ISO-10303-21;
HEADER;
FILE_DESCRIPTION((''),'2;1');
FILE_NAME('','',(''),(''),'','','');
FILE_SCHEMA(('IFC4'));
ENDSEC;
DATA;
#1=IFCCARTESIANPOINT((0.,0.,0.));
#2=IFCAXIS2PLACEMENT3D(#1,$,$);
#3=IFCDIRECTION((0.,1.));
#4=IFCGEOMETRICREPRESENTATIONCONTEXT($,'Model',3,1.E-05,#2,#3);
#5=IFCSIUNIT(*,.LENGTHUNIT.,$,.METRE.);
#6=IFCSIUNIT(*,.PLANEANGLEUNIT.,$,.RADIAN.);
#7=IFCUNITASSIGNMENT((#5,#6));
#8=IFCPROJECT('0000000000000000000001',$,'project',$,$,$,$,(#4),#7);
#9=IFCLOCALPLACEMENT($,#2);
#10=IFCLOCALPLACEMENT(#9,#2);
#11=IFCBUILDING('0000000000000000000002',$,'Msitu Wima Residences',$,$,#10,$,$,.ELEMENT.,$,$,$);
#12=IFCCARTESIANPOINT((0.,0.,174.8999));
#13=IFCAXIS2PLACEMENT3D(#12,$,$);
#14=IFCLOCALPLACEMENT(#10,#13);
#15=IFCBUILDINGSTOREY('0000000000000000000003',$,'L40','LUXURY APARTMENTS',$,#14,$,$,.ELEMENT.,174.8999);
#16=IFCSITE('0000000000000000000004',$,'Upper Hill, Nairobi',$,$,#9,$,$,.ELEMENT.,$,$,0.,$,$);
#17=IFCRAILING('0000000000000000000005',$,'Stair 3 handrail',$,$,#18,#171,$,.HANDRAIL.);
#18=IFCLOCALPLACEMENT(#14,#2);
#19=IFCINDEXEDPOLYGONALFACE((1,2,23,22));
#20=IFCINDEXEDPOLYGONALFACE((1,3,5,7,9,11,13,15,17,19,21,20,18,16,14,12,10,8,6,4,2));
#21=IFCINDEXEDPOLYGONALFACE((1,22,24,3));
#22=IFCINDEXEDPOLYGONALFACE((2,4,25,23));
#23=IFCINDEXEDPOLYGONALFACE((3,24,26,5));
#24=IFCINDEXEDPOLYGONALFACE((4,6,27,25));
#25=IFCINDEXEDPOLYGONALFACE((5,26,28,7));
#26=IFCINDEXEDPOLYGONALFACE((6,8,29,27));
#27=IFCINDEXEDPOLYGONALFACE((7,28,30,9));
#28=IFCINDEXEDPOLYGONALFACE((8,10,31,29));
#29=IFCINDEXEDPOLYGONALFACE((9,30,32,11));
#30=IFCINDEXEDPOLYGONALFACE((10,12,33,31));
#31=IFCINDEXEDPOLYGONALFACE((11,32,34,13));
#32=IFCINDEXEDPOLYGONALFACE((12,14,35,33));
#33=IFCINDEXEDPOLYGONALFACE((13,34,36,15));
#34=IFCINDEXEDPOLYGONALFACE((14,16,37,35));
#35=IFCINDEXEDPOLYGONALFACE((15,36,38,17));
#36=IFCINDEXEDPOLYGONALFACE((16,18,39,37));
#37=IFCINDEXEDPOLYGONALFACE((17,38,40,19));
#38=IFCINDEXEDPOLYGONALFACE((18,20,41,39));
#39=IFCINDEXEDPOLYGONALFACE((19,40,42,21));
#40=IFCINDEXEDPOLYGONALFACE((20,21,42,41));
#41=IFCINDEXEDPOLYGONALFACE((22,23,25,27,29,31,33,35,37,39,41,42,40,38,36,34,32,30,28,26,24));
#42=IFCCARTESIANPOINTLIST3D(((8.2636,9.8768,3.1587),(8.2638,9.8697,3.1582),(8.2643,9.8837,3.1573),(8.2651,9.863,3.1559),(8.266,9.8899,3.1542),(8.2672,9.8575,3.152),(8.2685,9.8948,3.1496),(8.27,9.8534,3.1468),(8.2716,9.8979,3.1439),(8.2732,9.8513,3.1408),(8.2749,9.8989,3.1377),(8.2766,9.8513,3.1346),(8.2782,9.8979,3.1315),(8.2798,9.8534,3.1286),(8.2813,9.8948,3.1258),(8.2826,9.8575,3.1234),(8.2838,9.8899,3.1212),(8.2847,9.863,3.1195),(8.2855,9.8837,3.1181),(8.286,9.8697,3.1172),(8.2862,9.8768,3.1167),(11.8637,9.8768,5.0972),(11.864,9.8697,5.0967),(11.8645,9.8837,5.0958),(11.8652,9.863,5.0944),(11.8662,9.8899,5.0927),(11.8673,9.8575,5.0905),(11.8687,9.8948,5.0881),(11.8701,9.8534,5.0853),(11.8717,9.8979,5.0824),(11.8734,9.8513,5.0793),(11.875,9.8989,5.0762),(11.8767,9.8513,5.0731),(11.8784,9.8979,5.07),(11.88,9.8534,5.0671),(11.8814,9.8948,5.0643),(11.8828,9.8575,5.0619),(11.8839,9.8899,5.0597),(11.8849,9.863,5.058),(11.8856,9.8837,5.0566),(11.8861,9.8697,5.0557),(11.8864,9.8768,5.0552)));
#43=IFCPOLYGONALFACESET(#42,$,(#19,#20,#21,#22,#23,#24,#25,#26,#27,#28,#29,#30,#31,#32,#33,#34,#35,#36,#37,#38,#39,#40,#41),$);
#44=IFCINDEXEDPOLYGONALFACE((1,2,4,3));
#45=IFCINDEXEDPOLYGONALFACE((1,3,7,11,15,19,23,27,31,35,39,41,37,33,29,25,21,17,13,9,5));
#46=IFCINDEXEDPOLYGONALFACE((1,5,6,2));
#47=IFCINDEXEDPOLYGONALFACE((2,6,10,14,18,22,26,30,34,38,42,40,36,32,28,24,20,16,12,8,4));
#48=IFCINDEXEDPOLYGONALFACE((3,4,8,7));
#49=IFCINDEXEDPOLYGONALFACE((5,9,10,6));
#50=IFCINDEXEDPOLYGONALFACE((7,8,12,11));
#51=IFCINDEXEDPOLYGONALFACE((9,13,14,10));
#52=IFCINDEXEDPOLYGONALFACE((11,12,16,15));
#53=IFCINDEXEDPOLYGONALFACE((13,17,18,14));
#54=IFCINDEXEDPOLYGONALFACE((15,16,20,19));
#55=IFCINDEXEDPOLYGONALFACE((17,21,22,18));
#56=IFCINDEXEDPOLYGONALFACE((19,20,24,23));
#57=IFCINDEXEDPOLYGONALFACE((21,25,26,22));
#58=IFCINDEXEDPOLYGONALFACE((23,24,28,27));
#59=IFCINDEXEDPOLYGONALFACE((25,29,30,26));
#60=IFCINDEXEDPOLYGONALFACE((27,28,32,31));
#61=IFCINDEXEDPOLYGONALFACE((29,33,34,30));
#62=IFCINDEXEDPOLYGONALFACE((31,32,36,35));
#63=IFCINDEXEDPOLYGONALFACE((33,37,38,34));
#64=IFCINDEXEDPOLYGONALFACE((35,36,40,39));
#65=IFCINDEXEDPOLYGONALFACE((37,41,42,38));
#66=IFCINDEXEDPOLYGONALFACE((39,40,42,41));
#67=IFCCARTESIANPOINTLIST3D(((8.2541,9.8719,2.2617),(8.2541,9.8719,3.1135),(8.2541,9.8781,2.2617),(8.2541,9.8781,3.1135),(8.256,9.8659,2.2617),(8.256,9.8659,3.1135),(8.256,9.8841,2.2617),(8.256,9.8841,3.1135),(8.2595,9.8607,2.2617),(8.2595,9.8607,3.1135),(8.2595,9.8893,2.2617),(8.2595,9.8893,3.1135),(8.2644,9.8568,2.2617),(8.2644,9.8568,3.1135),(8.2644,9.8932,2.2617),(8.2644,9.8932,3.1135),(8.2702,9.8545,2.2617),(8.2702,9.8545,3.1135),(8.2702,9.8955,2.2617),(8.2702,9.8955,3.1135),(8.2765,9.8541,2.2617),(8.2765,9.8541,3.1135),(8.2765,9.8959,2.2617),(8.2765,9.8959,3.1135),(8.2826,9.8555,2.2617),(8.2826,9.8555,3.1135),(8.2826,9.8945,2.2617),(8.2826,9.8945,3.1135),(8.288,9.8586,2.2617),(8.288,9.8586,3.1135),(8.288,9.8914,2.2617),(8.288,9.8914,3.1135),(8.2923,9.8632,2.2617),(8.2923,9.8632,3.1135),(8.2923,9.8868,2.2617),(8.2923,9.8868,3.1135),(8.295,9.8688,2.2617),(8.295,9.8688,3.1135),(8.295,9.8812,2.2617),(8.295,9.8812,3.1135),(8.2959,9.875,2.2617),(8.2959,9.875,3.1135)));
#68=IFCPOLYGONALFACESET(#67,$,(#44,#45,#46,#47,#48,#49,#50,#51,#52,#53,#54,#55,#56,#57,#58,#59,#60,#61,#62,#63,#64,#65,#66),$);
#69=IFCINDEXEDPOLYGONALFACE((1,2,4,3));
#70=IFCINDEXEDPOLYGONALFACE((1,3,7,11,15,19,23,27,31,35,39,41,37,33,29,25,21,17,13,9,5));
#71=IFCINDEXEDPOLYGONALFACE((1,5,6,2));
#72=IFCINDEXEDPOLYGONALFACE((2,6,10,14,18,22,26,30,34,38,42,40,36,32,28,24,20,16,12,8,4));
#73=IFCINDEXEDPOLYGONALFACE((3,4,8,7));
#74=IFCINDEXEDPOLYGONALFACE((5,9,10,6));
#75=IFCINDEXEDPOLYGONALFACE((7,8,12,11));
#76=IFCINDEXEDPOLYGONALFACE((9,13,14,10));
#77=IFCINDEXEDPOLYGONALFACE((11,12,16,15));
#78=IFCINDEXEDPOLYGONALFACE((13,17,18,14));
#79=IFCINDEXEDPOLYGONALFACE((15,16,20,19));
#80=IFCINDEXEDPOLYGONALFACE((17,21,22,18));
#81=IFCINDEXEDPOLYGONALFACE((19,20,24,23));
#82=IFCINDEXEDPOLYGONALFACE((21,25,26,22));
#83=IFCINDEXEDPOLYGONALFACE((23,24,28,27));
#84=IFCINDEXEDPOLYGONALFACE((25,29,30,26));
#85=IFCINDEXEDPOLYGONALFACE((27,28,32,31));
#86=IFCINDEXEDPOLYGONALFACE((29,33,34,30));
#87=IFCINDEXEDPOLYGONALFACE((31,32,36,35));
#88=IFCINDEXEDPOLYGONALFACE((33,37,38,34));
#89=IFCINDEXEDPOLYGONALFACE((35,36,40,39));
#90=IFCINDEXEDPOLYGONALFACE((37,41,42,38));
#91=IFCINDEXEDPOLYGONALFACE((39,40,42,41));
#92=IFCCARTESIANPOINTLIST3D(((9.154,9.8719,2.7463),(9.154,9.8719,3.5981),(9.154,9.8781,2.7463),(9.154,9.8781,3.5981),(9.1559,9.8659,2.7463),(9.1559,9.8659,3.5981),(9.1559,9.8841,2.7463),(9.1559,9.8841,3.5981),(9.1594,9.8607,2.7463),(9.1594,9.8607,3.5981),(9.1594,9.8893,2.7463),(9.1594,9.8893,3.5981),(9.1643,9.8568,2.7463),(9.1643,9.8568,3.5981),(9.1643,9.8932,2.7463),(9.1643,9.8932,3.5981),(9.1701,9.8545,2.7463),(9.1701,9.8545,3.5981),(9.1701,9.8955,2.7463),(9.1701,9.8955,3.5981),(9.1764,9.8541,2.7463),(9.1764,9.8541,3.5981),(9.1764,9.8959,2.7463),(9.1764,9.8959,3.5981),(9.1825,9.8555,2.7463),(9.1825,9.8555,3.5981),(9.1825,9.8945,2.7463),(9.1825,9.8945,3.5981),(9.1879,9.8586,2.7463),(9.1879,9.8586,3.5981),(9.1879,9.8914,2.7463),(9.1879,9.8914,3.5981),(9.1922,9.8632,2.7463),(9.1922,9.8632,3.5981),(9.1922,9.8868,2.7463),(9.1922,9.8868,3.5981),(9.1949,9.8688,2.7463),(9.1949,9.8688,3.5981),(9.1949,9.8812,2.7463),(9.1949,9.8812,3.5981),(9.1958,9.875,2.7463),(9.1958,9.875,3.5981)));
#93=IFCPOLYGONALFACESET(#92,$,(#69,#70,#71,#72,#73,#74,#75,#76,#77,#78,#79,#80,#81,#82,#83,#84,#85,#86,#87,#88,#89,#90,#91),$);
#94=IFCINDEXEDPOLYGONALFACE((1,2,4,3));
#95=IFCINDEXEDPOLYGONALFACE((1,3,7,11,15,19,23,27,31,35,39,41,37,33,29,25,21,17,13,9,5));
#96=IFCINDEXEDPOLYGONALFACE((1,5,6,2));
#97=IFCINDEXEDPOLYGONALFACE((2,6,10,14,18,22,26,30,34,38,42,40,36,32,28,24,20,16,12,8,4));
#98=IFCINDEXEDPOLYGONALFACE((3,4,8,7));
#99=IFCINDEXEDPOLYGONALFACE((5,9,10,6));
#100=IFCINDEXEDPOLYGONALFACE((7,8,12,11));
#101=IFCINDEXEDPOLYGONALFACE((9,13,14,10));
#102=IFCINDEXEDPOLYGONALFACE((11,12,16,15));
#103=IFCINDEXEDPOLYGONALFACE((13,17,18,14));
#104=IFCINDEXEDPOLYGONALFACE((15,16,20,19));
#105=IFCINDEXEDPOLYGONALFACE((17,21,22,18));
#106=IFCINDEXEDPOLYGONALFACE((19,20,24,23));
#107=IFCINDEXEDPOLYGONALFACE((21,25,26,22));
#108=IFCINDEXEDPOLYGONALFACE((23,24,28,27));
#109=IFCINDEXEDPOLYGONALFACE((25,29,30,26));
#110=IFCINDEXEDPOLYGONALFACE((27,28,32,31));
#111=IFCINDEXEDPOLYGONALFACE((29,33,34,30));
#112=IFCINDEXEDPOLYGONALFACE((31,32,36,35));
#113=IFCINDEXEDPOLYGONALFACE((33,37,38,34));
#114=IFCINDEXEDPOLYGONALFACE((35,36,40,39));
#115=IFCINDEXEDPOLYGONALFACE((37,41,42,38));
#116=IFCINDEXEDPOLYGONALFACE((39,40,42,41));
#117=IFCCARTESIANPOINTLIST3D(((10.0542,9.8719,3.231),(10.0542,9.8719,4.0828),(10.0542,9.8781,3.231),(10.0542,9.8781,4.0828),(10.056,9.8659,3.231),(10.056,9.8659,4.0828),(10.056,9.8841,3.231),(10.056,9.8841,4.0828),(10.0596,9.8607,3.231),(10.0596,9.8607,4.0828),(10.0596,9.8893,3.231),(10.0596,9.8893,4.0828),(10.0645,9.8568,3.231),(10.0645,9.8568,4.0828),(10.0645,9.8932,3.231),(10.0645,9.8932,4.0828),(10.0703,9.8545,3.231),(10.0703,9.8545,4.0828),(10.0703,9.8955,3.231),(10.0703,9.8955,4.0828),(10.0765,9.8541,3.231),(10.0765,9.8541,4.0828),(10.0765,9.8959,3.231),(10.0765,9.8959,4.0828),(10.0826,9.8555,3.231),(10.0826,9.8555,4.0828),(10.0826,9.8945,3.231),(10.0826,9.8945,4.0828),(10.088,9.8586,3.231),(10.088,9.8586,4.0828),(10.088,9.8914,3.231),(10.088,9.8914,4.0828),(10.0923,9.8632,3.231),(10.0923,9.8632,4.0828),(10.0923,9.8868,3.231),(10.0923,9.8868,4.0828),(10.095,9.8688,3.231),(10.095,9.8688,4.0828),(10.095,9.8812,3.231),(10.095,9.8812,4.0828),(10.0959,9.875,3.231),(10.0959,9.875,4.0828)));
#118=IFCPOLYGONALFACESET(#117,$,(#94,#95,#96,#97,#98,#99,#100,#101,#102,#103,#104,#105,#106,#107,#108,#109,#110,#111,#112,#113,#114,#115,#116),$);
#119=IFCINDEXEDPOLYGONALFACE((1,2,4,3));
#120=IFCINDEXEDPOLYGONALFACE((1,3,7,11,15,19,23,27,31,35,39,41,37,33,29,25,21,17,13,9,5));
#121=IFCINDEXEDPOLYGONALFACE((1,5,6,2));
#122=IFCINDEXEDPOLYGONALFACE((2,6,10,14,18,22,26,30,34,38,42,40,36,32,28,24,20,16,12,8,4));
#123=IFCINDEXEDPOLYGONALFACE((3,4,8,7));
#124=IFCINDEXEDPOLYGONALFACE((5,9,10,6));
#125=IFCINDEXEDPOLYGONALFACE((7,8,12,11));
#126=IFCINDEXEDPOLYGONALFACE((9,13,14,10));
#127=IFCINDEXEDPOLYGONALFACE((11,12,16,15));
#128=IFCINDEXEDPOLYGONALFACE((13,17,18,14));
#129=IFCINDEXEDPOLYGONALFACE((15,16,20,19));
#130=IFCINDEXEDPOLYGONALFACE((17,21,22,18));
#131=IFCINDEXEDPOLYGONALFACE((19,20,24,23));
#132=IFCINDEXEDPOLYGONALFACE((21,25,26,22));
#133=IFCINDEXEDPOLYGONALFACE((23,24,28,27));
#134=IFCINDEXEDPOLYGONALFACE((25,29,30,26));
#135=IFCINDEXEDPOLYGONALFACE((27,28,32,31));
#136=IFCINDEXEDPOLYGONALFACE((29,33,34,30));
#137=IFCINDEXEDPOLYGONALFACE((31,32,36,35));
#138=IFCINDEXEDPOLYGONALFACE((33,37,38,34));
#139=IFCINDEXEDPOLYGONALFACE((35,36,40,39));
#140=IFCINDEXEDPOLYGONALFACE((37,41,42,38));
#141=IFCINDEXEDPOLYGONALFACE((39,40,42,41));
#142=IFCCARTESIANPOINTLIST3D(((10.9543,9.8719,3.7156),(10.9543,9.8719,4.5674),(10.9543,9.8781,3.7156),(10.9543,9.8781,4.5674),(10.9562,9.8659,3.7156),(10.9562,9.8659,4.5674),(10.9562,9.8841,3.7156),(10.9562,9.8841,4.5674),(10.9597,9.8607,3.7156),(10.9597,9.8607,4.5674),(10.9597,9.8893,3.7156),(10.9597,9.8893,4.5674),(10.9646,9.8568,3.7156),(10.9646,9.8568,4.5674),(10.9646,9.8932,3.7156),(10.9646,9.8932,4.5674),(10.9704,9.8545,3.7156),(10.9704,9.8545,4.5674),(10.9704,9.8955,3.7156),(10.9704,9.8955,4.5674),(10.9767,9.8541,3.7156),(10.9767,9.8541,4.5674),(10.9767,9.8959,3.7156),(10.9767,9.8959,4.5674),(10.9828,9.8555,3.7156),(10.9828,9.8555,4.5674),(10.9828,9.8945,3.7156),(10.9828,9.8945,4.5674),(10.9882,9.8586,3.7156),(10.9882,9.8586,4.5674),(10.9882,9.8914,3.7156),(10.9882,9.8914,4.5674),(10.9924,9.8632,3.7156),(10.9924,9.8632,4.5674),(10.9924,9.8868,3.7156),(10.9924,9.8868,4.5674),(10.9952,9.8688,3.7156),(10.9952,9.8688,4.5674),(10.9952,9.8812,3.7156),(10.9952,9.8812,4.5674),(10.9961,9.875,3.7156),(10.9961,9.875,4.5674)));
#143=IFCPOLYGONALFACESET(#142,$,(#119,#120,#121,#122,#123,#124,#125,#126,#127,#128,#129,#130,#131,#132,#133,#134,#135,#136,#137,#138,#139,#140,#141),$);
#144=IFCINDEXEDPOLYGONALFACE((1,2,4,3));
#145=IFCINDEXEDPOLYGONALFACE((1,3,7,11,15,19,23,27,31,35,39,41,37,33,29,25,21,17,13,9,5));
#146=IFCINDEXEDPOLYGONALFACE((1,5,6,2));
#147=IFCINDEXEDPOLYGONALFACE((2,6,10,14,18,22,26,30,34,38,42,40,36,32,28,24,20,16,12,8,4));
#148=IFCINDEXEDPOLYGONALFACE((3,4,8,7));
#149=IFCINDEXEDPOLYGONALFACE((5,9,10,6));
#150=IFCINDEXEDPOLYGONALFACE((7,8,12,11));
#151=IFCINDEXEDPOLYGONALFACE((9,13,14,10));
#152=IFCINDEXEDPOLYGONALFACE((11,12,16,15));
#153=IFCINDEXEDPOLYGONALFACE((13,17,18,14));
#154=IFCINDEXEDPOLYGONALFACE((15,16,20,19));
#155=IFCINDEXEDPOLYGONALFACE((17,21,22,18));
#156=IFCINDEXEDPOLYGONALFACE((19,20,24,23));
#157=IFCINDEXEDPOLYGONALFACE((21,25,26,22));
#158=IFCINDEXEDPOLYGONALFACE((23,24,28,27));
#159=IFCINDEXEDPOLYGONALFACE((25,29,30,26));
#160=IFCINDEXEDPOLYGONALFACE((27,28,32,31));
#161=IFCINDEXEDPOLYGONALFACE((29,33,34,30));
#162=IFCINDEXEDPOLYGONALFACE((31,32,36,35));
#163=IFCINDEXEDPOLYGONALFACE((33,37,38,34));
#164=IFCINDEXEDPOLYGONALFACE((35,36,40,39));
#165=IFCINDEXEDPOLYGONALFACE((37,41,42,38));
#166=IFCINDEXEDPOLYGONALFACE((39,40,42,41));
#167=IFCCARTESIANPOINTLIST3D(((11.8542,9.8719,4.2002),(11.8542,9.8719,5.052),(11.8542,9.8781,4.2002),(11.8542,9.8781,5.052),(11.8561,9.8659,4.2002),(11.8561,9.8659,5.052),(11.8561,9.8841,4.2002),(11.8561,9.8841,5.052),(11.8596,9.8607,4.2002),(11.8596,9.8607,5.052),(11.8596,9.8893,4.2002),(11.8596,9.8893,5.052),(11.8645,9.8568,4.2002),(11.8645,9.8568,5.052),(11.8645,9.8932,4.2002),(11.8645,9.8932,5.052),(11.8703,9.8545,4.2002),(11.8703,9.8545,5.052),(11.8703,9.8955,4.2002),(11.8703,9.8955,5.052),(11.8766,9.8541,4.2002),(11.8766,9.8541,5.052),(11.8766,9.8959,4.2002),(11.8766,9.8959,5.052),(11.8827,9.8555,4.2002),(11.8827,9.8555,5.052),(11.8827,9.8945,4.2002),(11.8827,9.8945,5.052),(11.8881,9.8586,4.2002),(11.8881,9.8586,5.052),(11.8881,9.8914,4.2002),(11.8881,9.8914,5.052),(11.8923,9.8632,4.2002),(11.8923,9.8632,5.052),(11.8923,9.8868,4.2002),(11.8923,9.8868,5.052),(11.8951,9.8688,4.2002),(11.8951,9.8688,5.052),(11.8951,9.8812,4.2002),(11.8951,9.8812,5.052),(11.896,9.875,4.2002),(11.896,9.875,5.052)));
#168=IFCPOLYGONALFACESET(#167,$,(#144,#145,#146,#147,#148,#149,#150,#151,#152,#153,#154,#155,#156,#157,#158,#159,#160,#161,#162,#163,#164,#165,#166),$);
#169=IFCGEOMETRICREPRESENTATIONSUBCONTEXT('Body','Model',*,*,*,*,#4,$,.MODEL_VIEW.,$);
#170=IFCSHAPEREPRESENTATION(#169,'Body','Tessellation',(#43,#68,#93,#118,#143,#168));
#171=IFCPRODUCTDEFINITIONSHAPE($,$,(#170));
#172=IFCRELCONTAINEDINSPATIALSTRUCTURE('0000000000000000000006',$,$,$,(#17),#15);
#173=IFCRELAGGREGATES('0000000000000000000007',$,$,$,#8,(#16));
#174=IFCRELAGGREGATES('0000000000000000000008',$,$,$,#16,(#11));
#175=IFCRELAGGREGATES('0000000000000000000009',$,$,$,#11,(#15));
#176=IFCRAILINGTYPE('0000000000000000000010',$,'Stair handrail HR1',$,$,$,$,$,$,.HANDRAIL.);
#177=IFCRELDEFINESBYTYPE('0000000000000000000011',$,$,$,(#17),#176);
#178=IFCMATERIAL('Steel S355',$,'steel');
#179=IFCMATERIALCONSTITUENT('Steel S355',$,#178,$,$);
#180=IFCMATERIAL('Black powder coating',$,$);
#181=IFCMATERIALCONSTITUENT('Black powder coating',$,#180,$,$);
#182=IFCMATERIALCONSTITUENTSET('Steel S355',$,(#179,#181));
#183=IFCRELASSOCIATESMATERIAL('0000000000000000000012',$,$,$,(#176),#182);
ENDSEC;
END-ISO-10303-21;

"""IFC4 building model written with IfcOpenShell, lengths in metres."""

from ifc_helpers import new_model, si_unit, direction, frame, origin, origin_2d, place, context, subcontext, project, spatial, circle, extrude, material, constituent, constituent_set, type_object, element, save


model = new_model("IFC4")

# Units and contexts
model_context = context("Model", 3, precision=1e-05, world=origin(), true_north=direction((0.0, 1.0)))
body_context = subcontext(model_context, "Body", "Model", "MODEL_VIEW")
ifc_project = project(units=[si_unit("LENGTHUNIT", "METRE"), si_unit("PLANEANGLEUNIT", "RADIAN")], contexts=[model_context])

# Site, building, storey
site_placement = place(None, origin())
site = spatial("IfcSite", under=ifc_project, at=site_placement, Name="Upper Hill, Nairobi", CompositionType="ELEMENT", RefElevation=0.0)
building_placement = place(site_placement, origin())
building = spatial("IfcBuilding", under=site, at=building_placement, Name="Msitu Wima Residences", CompositionType="ELEMENT")
storey_placement = place(building_placement, frame((0.0, 0.0, 174.8999)))
storey = spatial("IfcBuildingStorey", under=building, at=storey_placement, Name="L40", Description="LUXURY APARTMENTS", CompositionType="ELEMENT", Elevation=174.8999)

# Railing
ifc_material_1 = material(Name="Steel S355", Category="steel")
ifc_constituent_1 = constituent(ifc_material_1, Name="Steel S355")
ifc_material_2 = material(Name="Black powder coating")
ifc_constituent_2 = constituent(ifc_material_2, Name="Black powder coating")
ifc_constituent_set = constituent_set(constituents=[ifc_constituent_1, ifc_constituent_2], Name="Steel S355")
railing_type = type_object("IfcRailingType", Name="Stair handrail HR1", PredefinedType="HANDRAIL", material=ifc_constituent_set)
railing_placement = place(storey_placement, frame((8.2749, 9.875, 2.2617)))
element("IfcRailing", 1, at=railing_placement, inside=storey, type_object=railing_type, Name="Stair 3 handrail", PredefinedType="HANDRAIL", context=body_context, shape_type="SweptSolid", body=[
    extrude(circle(Radius=0.0239, at=origin_2d()), frame((0.0, 0.0, 0.876), z_axis=(0.880475, 0.0, 0.474093), x_axis=(0.0, 1.0, 0.0)), (0.0, 0.0, 1.0), 4.0889),
    extrude(circle(Radius=0.021, at=origin_2d()), origin(), (0.0, 0.0, 1.0), 0.8518),
    extrude(circle(Radius=0.021, at=origin_2d()), frame((0.8999, 0.0, 0.4846)), (0.0, 0.0, 1.0), 0.8518),
    extrude(circle(Radius=0.021, at=origin_2d()), frame((1.8, 0.0, 0.9692)), (0.0, 0.0, 1.0), 0.8518),
    extrude(circle(Radius=0.021, at=origin_2d()), frame((2.7002, 0.0, 1.4539)), (0.0, 0.0, 1.0), 0.8518),
    extrude(circle(Radius=0.021, at=origin_2d()), frame((3.6001, 0.0, 1.9385)), (0.0, 0.0, 1.0), 0.8518),
])

save(model, "model.ifc")
